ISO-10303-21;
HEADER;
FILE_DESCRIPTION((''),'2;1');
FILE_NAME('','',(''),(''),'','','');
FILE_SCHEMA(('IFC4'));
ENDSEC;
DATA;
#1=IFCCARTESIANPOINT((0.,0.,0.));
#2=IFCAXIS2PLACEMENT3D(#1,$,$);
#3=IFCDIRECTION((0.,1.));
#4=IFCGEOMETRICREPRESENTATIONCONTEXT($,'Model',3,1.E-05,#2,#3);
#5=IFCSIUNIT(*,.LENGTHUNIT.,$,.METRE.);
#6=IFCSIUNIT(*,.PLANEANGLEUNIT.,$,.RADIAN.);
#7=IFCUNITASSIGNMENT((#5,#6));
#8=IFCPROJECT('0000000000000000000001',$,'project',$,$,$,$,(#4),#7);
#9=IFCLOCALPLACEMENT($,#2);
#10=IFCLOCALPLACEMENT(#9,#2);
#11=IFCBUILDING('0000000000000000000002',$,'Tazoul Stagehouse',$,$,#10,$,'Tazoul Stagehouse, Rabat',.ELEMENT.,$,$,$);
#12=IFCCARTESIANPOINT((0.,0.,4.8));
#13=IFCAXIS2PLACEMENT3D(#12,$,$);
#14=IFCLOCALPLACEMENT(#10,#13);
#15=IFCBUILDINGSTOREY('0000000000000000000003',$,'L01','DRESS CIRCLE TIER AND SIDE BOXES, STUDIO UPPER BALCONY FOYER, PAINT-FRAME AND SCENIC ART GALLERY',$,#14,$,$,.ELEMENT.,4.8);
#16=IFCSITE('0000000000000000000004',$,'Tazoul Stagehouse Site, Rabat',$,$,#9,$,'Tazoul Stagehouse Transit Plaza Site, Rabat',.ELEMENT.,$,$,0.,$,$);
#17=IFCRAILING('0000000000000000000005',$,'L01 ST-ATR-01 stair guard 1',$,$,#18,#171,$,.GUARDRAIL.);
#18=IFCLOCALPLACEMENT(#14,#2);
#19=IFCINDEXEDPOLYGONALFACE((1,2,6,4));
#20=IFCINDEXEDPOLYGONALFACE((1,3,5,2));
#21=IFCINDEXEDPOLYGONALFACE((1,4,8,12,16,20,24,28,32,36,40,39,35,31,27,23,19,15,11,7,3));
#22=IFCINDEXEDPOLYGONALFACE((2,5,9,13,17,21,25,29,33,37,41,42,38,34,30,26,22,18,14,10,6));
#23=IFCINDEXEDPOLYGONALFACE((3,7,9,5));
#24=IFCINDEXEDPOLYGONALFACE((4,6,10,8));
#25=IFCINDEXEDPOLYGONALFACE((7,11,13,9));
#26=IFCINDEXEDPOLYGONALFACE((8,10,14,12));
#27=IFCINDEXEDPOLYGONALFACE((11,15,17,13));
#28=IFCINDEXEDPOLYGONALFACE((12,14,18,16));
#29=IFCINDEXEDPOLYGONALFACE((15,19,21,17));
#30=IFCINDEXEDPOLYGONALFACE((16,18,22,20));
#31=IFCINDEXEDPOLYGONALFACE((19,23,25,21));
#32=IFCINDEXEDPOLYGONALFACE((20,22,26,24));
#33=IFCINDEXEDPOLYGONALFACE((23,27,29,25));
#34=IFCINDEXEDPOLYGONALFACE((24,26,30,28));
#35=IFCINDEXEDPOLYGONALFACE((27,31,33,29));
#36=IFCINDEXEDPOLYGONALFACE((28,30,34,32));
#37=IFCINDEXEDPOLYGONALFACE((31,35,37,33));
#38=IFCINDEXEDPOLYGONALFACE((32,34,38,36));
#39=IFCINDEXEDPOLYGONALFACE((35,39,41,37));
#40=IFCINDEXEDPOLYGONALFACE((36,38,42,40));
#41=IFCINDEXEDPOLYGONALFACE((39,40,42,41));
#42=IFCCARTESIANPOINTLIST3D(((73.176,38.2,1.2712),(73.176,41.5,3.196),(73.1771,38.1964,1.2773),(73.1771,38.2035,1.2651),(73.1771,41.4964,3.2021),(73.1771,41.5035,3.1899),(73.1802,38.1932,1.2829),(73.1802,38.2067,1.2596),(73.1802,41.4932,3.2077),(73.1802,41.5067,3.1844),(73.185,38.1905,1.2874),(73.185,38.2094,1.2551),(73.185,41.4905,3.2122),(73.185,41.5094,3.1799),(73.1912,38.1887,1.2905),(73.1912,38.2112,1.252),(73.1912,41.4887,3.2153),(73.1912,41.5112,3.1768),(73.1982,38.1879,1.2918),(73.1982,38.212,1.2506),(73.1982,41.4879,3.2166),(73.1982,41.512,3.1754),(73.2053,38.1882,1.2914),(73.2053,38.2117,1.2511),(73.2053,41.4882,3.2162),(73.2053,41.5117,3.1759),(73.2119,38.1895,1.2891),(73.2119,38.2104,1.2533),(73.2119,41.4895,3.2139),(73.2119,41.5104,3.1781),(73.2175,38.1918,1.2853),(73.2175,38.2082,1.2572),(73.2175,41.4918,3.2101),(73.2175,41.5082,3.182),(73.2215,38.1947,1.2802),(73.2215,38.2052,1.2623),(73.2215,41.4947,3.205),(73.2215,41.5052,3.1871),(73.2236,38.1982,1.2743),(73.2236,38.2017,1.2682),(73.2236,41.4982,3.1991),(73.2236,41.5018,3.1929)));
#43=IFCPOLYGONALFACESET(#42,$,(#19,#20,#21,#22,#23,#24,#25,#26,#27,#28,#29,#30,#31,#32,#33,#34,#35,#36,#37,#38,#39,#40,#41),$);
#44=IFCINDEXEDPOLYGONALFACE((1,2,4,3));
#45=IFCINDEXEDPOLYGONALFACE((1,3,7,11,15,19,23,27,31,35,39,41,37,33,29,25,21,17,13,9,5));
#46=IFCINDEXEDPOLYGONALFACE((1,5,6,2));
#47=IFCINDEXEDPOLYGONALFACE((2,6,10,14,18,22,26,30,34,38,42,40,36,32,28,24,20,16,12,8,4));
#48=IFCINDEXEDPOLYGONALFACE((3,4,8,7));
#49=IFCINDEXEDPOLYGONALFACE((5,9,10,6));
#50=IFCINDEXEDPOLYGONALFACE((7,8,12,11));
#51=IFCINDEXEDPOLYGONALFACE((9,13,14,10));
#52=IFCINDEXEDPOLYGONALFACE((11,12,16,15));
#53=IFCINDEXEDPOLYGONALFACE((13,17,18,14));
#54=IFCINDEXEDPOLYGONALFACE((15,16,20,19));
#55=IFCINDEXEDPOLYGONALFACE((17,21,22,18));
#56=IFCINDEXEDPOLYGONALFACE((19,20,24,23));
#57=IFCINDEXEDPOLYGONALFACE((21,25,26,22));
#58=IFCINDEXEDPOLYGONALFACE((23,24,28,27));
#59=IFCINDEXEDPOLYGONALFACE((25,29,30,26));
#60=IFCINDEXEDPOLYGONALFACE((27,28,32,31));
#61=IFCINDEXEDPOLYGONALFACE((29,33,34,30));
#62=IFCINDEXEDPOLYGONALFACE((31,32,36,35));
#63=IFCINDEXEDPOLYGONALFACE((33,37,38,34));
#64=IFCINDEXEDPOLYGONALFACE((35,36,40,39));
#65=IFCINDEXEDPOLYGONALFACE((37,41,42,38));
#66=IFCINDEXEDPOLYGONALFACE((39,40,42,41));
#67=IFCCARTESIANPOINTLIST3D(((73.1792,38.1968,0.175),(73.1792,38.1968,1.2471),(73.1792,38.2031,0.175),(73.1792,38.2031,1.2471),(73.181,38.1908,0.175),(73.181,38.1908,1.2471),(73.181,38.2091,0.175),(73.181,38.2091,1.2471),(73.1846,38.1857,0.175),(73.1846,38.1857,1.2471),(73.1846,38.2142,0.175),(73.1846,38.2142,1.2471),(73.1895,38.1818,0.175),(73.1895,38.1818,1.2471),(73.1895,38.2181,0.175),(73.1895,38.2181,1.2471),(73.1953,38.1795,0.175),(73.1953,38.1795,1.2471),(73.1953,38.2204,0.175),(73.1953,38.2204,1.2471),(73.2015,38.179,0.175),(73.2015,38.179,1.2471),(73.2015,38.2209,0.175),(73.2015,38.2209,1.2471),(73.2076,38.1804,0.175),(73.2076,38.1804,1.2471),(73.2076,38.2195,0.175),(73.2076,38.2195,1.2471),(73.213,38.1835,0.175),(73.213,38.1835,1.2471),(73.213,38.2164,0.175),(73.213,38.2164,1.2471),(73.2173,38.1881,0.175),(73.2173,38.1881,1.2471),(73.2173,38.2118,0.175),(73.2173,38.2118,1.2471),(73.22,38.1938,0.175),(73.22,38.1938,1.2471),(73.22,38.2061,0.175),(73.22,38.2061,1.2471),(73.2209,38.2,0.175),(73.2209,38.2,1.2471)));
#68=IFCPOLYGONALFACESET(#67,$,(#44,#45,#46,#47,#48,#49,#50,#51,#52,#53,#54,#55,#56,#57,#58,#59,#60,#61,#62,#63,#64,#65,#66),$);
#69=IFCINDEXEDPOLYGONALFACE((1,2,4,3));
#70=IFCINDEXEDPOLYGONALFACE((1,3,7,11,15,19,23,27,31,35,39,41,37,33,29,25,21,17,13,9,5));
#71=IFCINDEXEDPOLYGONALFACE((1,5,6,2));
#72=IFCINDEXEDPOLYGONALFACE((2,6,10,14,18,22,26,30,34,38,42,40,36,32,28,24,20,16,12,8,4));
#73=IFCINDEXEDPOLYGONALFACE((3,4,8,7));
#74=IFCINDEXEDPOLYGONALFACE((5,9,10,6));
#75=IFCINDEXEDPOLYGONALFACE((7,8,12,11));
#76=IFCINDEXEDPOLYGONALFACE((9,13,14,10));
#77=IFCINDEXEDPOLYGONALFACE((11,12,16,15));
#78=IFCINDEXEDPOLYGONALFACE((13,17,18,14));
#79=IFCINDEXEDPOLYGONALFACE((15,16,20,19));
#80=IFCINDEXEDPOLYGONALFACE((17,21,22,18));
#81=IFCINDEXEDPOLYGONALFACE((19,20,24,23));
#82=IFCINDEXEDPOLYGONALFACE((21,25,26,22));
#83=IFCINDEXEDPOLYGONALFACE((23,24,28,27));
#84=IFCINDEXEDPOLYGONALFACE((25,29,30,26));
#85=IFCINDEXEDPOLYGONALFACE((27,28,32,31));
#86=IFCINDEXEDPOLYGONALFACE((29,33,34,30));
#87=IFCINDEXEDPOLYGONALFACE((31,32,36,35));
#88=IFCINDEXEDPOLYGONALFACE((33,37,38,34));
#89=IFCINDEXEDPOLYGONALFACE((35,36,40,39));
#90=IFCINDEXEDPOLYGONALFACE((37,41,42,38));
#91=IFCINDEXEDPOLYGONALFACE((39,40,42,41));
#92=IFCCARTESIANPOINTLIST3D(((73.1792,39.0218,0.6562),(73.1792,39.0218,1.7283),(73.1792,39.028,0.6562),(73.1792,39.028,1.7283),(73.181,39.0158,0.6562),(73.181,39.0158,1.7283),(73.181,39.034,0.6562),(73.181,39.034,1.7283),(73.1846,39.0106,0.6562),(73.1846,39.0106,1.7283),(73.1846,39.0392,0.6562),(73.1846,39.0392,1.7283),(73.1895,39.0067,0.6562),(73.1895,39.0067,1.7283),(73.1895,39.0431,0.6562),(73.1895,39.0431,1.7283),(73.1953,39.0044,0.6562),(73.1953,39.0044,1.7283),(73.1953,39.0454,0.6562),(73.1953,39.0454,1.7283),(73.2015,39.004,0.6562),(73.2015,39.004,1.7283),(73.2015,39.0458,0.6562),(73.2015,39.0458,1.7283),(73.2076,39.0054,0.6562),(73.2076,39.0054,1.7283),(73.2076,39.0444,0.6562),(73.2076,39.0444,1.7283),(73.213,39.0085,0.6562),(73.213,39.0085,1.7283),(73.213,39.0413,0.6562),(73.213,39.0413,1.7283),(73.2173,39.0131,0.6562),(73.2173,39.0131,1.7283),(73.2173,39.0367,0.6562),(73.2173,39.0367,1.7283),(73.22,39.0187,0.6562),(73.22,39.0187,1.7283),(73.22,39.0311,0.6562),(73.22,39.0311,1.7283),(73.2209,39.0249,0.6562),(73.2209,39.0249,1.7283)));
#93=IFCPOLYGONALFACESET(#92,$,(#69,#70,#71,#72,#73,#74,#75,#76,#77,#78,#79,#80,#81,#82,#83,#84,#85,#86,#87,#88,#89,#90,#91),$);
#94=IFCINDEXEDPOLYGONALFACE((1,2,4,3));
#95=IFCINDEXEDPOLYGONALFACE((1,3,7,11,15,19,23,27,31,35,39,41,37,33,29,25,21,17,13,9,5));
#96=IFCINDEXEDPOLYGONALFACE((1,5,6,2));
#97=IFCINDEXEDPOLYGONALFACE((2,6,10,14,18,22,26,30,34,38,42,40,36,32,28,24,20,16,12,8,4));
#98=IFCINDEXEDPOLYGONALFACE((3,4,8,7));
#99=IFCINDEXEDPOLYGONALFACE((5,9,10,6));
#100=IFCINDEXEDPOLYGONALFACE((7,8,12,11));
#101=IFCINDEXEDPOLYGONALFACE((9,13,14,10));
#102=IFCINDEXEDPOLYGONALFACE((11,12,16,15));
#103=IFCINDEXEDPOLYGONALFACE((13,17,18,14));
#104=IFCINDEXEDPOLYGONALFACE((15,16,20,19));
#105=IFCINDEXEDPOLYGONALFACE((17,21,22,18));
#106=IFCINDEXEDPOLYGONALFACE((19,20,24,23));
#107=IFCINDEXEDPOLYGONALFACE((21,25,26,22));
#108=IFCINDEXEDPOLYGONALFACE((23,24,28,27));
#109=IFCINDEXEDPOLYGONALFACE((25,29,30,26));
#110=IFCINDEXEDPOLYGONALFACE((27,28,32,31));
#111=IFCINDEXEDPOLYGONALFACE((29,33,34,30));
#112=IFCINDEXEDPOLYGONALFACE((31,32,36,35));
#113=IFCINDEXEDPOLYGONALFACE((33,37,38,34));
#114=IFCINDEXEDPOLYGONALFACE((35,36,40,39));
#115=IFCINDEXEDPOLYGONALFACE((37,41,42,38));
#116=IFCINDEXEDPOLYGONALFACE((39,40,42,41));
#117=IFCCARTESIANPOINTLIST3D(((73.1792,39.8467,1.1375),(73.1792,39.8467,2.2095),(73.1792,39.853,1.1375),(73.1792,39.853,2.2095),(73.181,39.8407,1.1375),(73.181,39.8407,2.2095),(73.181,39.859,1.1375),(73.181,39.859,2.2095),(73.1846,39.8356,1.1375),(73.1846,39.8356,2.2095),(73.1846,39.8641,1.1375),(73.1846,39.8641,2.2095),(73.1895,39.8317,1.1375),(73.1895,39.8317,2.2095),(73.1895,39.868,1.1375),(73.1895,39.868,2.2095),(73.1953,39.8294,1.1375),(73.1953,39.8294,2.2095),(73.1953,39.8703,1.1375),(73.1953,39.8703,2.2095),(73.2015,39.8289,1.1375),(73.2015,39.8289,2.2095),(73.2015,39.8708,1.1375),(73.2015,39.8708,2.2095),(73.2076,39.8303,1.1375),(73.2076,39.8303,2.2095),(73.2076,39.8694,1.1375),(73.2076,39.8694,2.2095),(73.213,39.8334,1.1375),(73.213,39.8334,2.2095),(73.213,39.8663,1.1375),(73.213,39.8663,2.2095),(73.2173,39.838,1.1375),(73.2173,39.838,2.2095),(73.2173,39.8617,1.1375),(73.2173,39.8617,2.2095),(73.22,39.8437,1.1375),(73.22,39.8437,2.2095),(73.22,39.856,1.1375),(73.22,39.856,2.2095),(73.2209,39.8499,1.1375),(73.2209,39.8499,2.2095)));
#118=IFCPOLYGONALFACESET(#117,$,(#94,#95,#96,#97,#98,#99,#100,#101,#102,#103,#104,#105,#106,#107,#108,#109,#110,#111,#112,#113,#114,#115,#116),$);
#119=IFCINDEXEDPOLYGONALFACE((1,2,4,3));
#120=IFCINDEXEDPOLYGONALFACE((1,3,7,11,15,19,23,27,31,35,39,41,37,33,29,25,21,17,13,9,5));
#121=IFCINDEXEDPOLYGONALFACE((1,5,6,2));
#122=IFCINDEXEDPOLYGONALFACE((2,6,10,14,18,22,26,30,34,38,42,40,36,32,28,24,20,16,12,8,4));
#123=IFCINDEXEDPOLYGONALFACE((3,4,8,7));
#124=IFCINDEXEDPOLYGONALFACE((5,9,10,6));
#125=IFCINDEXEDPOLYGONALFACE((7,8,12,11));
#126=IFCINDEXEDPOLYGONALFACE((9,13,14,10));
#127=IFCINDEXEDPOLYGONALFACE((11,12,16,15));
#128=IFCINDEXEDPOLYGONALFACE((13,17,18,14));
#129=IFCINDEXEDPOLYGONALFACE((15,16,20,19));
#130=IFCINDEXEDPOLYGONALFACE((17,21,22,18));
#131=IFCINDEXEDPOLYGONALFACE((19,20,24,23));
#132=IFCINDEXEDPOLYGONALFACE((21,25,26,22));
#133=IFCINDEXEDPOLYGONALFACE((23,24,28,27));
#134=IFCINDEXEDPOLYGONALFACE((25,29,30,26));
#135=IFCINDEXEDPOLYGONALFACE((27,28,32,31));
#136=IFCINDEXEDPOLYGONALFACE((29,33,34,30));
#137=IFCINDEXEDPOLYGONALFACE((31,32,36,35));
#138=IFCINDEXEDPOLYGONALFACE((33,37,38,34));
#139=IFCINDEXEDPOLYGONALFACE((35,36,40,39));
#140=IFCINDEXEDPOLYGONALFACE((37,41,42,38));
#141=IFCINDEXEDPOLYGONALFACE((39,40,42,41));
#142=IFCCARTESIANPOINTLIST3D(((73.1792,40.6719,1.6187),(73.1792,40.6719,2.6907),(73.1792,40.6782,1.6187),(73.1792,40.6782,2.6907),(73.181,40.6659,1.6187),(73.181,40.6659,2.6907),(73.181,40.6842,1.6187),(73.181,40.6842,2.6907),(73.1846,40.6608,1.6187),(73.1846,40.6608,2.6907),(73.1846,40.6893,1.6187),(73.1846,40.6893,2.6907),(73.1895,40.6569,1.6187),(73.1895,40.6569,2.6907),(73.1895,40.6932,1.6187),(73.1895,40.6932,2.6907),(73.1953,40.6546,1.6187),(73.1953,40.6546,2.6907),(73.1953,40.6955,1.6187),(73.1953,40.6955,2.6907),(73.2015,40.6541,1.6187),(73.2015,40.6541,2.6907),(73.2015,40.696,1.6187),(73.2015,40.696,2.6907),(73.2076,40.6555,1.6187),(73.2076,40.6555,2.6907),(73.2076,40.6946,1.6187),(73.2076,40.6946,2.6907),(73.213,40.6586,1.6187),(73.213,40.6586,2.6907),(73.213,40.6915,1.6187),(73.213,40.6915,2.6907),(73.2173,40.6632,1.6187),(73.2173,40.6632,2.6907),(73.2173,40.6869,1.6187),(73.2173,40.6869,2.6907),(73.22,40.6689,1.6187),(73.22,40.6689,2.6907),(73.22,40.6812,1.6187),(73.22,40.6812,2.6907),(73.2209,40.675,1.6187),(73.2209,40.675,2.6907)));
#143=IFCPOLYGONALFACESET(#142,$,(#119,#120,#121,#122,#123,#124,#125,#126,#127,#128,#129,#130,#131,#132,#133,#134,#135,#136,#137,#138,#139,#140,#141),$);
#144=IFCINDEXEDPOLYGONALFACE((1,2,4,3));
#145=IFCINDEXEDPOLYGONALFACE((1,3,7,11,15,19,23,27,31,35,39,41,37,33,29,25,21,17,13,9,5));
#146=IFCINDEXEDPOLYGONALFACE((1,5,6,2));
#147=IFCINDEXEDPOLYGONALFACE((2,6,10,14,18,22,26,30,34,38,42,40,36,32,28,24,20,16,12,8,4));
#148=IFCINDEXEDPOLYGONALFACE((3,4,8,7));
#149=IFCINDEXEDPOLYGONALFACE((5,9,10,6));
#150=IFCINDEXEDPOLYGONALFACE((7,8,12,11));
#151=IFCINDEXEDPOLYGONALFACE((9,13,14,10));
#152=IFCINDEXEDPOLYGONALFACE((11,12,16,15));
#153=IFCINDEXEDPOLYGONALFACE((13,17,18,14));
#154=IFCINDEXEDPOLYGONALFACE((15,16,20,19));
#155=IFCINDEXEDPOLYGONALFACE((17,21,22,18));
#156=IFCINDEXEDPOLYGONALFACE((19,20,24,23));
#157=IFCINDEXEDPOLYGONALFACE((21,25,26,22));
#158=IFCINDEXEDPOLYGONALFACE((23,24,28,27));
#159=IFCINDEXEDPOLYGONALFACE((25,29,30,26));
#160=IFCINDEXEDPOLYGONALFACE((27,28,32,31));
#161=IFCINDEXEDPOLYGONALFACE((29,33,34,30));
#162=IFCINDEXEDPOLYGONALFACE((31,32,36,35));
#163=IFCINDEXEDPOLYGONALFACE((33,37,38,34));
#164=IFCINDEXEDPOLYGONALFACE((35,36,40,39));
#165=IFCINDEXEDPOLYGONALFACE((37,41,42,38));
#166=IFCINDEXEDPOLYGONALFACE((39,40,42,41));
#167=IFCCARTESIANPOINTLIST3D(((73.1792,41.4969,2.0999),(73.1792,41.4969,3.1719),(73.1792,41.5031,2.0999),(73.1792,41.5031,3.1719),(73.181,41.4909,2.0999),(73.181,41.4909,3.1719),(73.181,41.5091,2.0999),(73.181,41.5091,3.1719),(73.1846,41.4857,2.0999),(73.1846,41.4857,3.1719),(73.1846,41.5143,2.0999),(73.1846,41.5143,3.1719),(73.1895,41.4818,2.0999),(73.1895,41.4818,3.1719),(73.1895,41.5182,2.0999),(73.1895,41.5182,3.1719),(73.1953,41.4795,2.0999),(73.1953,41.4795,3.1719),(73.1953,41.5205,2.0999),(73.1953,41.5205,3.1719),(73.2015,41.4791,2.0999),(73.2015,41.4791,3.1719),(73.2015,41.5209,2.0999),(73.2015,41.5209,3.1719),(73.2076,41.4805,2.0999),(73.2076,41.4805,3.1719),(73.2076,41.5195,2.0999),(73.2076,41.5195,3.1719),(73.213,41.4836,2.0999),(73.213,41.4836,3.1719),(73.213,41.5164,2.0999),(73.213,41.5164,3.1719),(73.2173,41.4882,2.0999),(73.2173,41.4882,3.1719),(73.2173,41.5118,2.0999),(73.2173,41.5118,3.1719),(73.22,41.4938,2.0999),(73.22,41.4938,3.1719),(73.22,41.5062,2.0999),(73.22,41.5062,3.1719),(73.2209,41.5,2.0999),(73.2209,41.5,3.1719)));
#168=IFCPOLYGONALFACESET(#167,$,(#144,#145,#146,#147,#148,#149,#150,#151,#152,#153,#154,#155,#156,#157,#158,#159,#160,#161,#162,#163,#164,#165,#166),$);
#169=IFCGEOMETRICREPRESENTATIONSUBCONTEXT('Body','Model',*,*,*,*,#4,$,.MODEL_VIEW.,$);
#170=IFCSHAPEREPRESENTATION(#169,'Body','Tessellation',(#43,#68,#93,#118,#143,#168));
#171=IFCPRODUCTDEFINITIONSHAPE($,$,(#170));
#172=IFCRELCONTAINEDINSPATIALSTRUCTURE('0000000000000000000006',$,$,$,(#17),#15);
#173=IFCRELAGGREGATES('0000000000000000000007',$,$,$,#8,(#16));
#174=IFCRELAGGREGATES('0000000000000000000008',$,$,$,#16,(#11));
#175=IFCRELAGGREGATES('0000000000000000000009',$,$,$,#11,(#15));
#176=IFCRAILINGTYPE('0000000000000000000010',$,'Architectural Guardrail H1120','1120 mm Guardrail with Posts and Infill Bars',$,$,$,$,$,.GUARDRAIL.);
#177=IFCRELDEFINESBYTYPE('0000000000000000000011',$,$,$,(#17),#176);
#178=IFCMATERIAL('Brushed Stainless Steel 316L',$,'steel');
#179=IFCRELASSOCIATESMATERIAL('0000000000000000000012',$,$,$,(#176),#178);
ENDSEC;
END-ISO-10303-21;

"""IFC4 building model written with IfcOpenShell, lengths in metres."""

from ifc_helpers import new_model, si_unit, direction, frame, origin, origin_2d, place, context, subcontext, project, spatial, circle, extrude, material, material_profile, profile_set, type_object, element, save


model = new_model("IFC4")

# Units and contexts
model_context = context("Model", 3, precision=1e-05, world=origin(), true_north=direction((0.0, 1.0)))
body_context = subcontext(model_context, "Body", "Model", "MODEL_VIEW")
ifc_project = project(units=[si_unit("LENGTHUNIT", "METRE"), si_unit("PLANEANGLEUNIT", "RADIAN")], contexts=[model_context])

# Site, building, storey
site_placement = place(None, origin())
site = spatial("IfcSite", under=ifc_project, at=site_placement, Name="Tazoul Stagehouse Site, Rabat", LongName="Tazoul Stagehouse Transit Plaza Site, Rabat", CompositionType="ELEMENT", RefElevation=0.0)
building_placement = place(site_placement, origin())
building = spatial("IfcBuilding", under=site, at=building_placement, Name="Tazoul Stagehouse", LongName="Tazoul Stagehouse, Rabat", CompositionType="ELEMENT")
storey_placement = place(building_placement, frame((0.0, 0.0, 4.8)))
storey = spatial("IfcBuildingStorey", under=building, at=storey_placement, Name="L01", Description="DRESS CIRCLE TIER AND SIDE BOXES, STUDIO UPPER BALCONY FOYER, PAINT-FRAME AND SCENIC ART GALLERY", CompositionType="ELEMENT", Elevation=4.8)

# Railing
ifc_material_1 = material(Name="Brushed Stainless Steel 316L", Category="steel")
ifc_material_profile_1 = material_profile(ifc_material_1, circle(Radius=0.0239, at=origin_2d()), Name="SS RAIL D48")
ifc_profile_set_1 = profile_set([ifc_material_profile_1], Name="Brushed Stainless Steel 316L")
railing_type_1 = type_object("IfcRailingType", Name="Architectural Guardrail H1120", Description="1120 mm Guardrail with Posts and Infill Bars", PredefinedType="GUARDRAIL", material=ifc_profile_set_1)
railing_1_placement = place(storey_placement, frame((73.2, 38.2, 0.175)))
element("IfcRailing", 1, at=railing_1_placement, inside=storey, type_object=railing_type_1, Name="L01 ST-ATR-01 stair guard 1", PredefinedType="GUARDRAIL", context=body_context, shape_type="SweptSolid", body=[
    extrude(circle(Radius=0.0239, at=origin_2d()), frame((0.0, 0.0, 1.0962), z_axis=(0.0, 0.863804, 0.503827), x_axis=(-1.0, 0.0, 0.0)), (0.0, 0.0, 1.0), 3.8203),
    extrude(circle(Radius=0.021, at=origin_2d()), origin(), (0.0, 0.0, 1.0), 1.072),
    extrude(circle(Radius=0.021, at=origin_2d()), frame((0.0, 0.825, 0.4812)), (0.0, 0.0, 1.0), 1.072),
    extrude(circle(Radius=0.021, at=origin_2d()), frame((0.0, 1.6499, 0.9624)), (0.0, 0.0, 1.0), 1.072),
    extrude(circle(Radius=0.021, at=origin_2d()), frame((0.0, 2.4751, 1.4436)), (0.0, 0.0, 1.0), 1.072),
    extrude(circle(Radius=0.021, at=origin_2d()), frame((0.0, 3.3, 1.9248)), (0.0, 0.0, 1.0), 1.072),
])

save(model, "model.ifc")
